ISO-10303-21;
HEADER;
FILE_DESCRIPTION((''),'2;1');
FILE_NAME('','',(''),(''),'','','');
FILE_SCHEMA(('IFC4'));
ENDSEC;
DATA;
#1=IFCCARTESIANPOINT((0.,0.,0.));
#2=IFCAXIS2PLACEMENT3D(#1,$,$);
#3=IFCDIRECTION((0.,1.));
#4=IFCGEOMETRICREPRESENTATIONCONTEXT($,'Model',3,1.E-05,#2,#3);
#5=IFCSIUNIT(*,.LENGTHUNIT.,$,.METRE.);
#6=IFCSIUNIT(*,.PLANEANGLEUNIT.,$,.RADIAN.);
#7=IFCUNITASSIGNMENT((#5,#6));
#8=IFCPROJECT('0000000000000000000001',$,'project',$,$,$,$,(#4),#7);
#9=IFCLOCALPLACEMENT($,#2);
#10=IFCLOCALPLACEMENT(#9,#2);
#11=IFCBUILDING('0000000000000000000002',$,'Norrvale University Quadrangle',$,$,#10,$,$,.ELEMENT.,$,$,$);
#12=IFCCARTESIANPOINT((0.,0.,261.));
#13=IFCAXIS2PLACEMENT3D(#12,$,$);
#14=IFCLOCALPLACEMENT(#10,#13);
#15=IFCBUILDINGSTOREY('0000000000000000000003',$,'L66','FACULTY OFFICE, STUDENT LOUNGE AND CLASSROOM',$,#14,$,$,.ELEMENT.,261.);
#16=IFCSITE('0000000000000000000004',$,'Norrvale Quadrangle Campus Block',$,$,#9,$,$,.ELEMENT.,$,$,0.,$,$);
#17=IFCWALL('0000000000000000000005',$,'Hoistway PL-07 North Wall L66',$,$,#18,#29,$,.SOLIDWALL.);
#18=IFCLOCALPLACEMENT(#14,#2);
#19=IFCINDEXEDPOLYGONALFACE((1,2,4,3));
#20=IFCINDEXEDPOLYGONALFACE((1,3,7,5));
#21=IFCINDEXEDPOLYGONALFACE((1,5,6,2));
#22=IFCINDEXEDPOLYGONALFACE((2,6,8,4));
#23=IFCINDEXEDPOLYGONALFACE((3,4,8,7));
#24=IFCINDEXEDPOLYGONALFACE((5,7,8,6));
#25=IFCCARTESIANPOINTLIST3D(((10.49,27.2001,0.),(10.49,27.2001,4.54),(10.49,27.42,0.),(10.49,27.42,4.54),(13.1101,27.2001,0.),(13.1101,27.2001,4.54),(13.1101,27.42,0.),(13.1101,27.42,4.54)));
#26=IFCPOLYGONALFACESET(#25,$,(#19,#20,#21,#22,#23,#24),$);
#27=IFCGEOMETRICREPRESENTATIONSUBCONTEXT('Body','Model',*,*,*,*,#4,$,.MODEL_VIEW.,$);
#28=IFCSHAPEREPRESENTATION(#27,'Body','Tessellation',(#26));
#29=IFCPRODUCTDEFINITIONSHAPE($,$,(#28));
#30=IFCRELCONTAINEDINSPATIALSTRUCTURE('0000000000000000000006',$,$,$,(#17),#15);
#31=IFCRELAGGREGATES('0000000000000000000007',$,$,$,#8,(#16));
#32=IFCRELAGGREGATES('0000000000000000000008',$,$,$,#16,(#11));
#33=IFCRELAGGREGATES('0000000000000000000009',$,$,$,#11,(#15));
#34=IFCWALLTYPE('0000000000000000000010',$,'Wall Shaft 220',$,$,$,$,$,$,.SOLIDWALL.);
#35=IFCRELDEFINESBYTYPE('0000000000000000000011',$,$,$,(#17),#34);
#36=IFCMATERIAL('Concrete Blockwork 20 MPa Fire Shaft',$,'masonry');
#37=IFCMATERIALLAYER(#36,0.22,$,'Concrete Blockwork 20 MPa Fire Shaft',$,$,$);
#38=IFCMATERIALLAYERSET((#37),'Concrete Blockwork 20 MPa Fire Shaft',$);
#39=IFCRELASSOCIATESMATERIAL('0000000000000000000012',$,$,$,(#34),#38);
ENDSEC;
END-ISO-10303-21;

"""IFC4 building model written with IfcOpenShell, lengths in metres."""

from ifc_helpers import new_model, si_unit, direction, frame, frame_2d, origin, place, context, subcontext, project, spatial, rectangle, extrude, material, layer, layer_set, type_object, element, save


model = new_model("IFC4")

# Units and contexts
model_context = context("Model", 3, precision=1e-05, world=origin(), true_north=direction((0.0, 1.0)))
body_context = subcontext(model_context, "Body", "Model", "MODEL_VIEW")
ifc_project = project(units=[si_unit("LENGTHUNIT", "METRE"), si_unit("PLANEANGLEUNIT", "RADIAN")], contexts=[model_context])

# Site, building, storey
site_placement = place(None, origin())
site = spatial("IfcSite", under=ifc_project, at=site_placement, Name="Norrvale Quadrangle Campus Block", CompositionType="ELEMENT", RefElevation=0.0)
building_placement = place(site_placement, origin())
building = spatial("IfcBuilding", under=site, at=building_placement, Name="Norrvale University Quadrangle", CompositionType="ELEMENT")
storey_placement = place(building_placement, frame((0.0, 0.0, 261.0)))
storey = spatial("IfcBuildingStorey", under=building, at=storey_placement, Name="L66", Description="FACULTY OFFICE, STUDENT LOUNGE AND CLASSROOM", CompositionType="ELEMENT", Elevation=261.0)

# Shared definitions
ifc_material_1 = material(Name="Concrete Blockwork 20 MPa Fire Shaft", Category="masonry")
ifc_layer_1 = layer(ifc_material_1, 0.22, Name="Concrete Blockwork 20 MPa Fire Shaft")
ifc_layer_set_1 = layer_set([ifc_layer_1], Name="Concrete Blockwork 20 MPa Fire Shaft")
wall_type_1 = type_object("IfcWallType", Name="Wall Shaft 220", PredefinedType="SOLIDWALL", material=ifc_layer_set_1)

# Wall
for number, where, z_axis, x_axis, name in (
    (1, (10.49, 27.3101, 0.0), (0.0, 0.0, 1.0), (1.0, 0.0, 0.0), "Hoistway PL-07 North Wall L66"),
):
    element("IfcWall", number, at=place(storey_placement, frame(where, z_axis=z_axis, x_axis=x_axis)), inside=storey, type_object=wall_type_1, Name=name, PredefinedType="SOLIDWALL", context=body_context, shape_type="SweptSolid", body=[
        extrude(rectangle(XDim=2.6201, YDim=0.22, at=frame_2d((1.3101, 0.0))), origin(), (0.0, 0.0, 1.0), 4.54),
    ])

save(model, "model.ifc")
